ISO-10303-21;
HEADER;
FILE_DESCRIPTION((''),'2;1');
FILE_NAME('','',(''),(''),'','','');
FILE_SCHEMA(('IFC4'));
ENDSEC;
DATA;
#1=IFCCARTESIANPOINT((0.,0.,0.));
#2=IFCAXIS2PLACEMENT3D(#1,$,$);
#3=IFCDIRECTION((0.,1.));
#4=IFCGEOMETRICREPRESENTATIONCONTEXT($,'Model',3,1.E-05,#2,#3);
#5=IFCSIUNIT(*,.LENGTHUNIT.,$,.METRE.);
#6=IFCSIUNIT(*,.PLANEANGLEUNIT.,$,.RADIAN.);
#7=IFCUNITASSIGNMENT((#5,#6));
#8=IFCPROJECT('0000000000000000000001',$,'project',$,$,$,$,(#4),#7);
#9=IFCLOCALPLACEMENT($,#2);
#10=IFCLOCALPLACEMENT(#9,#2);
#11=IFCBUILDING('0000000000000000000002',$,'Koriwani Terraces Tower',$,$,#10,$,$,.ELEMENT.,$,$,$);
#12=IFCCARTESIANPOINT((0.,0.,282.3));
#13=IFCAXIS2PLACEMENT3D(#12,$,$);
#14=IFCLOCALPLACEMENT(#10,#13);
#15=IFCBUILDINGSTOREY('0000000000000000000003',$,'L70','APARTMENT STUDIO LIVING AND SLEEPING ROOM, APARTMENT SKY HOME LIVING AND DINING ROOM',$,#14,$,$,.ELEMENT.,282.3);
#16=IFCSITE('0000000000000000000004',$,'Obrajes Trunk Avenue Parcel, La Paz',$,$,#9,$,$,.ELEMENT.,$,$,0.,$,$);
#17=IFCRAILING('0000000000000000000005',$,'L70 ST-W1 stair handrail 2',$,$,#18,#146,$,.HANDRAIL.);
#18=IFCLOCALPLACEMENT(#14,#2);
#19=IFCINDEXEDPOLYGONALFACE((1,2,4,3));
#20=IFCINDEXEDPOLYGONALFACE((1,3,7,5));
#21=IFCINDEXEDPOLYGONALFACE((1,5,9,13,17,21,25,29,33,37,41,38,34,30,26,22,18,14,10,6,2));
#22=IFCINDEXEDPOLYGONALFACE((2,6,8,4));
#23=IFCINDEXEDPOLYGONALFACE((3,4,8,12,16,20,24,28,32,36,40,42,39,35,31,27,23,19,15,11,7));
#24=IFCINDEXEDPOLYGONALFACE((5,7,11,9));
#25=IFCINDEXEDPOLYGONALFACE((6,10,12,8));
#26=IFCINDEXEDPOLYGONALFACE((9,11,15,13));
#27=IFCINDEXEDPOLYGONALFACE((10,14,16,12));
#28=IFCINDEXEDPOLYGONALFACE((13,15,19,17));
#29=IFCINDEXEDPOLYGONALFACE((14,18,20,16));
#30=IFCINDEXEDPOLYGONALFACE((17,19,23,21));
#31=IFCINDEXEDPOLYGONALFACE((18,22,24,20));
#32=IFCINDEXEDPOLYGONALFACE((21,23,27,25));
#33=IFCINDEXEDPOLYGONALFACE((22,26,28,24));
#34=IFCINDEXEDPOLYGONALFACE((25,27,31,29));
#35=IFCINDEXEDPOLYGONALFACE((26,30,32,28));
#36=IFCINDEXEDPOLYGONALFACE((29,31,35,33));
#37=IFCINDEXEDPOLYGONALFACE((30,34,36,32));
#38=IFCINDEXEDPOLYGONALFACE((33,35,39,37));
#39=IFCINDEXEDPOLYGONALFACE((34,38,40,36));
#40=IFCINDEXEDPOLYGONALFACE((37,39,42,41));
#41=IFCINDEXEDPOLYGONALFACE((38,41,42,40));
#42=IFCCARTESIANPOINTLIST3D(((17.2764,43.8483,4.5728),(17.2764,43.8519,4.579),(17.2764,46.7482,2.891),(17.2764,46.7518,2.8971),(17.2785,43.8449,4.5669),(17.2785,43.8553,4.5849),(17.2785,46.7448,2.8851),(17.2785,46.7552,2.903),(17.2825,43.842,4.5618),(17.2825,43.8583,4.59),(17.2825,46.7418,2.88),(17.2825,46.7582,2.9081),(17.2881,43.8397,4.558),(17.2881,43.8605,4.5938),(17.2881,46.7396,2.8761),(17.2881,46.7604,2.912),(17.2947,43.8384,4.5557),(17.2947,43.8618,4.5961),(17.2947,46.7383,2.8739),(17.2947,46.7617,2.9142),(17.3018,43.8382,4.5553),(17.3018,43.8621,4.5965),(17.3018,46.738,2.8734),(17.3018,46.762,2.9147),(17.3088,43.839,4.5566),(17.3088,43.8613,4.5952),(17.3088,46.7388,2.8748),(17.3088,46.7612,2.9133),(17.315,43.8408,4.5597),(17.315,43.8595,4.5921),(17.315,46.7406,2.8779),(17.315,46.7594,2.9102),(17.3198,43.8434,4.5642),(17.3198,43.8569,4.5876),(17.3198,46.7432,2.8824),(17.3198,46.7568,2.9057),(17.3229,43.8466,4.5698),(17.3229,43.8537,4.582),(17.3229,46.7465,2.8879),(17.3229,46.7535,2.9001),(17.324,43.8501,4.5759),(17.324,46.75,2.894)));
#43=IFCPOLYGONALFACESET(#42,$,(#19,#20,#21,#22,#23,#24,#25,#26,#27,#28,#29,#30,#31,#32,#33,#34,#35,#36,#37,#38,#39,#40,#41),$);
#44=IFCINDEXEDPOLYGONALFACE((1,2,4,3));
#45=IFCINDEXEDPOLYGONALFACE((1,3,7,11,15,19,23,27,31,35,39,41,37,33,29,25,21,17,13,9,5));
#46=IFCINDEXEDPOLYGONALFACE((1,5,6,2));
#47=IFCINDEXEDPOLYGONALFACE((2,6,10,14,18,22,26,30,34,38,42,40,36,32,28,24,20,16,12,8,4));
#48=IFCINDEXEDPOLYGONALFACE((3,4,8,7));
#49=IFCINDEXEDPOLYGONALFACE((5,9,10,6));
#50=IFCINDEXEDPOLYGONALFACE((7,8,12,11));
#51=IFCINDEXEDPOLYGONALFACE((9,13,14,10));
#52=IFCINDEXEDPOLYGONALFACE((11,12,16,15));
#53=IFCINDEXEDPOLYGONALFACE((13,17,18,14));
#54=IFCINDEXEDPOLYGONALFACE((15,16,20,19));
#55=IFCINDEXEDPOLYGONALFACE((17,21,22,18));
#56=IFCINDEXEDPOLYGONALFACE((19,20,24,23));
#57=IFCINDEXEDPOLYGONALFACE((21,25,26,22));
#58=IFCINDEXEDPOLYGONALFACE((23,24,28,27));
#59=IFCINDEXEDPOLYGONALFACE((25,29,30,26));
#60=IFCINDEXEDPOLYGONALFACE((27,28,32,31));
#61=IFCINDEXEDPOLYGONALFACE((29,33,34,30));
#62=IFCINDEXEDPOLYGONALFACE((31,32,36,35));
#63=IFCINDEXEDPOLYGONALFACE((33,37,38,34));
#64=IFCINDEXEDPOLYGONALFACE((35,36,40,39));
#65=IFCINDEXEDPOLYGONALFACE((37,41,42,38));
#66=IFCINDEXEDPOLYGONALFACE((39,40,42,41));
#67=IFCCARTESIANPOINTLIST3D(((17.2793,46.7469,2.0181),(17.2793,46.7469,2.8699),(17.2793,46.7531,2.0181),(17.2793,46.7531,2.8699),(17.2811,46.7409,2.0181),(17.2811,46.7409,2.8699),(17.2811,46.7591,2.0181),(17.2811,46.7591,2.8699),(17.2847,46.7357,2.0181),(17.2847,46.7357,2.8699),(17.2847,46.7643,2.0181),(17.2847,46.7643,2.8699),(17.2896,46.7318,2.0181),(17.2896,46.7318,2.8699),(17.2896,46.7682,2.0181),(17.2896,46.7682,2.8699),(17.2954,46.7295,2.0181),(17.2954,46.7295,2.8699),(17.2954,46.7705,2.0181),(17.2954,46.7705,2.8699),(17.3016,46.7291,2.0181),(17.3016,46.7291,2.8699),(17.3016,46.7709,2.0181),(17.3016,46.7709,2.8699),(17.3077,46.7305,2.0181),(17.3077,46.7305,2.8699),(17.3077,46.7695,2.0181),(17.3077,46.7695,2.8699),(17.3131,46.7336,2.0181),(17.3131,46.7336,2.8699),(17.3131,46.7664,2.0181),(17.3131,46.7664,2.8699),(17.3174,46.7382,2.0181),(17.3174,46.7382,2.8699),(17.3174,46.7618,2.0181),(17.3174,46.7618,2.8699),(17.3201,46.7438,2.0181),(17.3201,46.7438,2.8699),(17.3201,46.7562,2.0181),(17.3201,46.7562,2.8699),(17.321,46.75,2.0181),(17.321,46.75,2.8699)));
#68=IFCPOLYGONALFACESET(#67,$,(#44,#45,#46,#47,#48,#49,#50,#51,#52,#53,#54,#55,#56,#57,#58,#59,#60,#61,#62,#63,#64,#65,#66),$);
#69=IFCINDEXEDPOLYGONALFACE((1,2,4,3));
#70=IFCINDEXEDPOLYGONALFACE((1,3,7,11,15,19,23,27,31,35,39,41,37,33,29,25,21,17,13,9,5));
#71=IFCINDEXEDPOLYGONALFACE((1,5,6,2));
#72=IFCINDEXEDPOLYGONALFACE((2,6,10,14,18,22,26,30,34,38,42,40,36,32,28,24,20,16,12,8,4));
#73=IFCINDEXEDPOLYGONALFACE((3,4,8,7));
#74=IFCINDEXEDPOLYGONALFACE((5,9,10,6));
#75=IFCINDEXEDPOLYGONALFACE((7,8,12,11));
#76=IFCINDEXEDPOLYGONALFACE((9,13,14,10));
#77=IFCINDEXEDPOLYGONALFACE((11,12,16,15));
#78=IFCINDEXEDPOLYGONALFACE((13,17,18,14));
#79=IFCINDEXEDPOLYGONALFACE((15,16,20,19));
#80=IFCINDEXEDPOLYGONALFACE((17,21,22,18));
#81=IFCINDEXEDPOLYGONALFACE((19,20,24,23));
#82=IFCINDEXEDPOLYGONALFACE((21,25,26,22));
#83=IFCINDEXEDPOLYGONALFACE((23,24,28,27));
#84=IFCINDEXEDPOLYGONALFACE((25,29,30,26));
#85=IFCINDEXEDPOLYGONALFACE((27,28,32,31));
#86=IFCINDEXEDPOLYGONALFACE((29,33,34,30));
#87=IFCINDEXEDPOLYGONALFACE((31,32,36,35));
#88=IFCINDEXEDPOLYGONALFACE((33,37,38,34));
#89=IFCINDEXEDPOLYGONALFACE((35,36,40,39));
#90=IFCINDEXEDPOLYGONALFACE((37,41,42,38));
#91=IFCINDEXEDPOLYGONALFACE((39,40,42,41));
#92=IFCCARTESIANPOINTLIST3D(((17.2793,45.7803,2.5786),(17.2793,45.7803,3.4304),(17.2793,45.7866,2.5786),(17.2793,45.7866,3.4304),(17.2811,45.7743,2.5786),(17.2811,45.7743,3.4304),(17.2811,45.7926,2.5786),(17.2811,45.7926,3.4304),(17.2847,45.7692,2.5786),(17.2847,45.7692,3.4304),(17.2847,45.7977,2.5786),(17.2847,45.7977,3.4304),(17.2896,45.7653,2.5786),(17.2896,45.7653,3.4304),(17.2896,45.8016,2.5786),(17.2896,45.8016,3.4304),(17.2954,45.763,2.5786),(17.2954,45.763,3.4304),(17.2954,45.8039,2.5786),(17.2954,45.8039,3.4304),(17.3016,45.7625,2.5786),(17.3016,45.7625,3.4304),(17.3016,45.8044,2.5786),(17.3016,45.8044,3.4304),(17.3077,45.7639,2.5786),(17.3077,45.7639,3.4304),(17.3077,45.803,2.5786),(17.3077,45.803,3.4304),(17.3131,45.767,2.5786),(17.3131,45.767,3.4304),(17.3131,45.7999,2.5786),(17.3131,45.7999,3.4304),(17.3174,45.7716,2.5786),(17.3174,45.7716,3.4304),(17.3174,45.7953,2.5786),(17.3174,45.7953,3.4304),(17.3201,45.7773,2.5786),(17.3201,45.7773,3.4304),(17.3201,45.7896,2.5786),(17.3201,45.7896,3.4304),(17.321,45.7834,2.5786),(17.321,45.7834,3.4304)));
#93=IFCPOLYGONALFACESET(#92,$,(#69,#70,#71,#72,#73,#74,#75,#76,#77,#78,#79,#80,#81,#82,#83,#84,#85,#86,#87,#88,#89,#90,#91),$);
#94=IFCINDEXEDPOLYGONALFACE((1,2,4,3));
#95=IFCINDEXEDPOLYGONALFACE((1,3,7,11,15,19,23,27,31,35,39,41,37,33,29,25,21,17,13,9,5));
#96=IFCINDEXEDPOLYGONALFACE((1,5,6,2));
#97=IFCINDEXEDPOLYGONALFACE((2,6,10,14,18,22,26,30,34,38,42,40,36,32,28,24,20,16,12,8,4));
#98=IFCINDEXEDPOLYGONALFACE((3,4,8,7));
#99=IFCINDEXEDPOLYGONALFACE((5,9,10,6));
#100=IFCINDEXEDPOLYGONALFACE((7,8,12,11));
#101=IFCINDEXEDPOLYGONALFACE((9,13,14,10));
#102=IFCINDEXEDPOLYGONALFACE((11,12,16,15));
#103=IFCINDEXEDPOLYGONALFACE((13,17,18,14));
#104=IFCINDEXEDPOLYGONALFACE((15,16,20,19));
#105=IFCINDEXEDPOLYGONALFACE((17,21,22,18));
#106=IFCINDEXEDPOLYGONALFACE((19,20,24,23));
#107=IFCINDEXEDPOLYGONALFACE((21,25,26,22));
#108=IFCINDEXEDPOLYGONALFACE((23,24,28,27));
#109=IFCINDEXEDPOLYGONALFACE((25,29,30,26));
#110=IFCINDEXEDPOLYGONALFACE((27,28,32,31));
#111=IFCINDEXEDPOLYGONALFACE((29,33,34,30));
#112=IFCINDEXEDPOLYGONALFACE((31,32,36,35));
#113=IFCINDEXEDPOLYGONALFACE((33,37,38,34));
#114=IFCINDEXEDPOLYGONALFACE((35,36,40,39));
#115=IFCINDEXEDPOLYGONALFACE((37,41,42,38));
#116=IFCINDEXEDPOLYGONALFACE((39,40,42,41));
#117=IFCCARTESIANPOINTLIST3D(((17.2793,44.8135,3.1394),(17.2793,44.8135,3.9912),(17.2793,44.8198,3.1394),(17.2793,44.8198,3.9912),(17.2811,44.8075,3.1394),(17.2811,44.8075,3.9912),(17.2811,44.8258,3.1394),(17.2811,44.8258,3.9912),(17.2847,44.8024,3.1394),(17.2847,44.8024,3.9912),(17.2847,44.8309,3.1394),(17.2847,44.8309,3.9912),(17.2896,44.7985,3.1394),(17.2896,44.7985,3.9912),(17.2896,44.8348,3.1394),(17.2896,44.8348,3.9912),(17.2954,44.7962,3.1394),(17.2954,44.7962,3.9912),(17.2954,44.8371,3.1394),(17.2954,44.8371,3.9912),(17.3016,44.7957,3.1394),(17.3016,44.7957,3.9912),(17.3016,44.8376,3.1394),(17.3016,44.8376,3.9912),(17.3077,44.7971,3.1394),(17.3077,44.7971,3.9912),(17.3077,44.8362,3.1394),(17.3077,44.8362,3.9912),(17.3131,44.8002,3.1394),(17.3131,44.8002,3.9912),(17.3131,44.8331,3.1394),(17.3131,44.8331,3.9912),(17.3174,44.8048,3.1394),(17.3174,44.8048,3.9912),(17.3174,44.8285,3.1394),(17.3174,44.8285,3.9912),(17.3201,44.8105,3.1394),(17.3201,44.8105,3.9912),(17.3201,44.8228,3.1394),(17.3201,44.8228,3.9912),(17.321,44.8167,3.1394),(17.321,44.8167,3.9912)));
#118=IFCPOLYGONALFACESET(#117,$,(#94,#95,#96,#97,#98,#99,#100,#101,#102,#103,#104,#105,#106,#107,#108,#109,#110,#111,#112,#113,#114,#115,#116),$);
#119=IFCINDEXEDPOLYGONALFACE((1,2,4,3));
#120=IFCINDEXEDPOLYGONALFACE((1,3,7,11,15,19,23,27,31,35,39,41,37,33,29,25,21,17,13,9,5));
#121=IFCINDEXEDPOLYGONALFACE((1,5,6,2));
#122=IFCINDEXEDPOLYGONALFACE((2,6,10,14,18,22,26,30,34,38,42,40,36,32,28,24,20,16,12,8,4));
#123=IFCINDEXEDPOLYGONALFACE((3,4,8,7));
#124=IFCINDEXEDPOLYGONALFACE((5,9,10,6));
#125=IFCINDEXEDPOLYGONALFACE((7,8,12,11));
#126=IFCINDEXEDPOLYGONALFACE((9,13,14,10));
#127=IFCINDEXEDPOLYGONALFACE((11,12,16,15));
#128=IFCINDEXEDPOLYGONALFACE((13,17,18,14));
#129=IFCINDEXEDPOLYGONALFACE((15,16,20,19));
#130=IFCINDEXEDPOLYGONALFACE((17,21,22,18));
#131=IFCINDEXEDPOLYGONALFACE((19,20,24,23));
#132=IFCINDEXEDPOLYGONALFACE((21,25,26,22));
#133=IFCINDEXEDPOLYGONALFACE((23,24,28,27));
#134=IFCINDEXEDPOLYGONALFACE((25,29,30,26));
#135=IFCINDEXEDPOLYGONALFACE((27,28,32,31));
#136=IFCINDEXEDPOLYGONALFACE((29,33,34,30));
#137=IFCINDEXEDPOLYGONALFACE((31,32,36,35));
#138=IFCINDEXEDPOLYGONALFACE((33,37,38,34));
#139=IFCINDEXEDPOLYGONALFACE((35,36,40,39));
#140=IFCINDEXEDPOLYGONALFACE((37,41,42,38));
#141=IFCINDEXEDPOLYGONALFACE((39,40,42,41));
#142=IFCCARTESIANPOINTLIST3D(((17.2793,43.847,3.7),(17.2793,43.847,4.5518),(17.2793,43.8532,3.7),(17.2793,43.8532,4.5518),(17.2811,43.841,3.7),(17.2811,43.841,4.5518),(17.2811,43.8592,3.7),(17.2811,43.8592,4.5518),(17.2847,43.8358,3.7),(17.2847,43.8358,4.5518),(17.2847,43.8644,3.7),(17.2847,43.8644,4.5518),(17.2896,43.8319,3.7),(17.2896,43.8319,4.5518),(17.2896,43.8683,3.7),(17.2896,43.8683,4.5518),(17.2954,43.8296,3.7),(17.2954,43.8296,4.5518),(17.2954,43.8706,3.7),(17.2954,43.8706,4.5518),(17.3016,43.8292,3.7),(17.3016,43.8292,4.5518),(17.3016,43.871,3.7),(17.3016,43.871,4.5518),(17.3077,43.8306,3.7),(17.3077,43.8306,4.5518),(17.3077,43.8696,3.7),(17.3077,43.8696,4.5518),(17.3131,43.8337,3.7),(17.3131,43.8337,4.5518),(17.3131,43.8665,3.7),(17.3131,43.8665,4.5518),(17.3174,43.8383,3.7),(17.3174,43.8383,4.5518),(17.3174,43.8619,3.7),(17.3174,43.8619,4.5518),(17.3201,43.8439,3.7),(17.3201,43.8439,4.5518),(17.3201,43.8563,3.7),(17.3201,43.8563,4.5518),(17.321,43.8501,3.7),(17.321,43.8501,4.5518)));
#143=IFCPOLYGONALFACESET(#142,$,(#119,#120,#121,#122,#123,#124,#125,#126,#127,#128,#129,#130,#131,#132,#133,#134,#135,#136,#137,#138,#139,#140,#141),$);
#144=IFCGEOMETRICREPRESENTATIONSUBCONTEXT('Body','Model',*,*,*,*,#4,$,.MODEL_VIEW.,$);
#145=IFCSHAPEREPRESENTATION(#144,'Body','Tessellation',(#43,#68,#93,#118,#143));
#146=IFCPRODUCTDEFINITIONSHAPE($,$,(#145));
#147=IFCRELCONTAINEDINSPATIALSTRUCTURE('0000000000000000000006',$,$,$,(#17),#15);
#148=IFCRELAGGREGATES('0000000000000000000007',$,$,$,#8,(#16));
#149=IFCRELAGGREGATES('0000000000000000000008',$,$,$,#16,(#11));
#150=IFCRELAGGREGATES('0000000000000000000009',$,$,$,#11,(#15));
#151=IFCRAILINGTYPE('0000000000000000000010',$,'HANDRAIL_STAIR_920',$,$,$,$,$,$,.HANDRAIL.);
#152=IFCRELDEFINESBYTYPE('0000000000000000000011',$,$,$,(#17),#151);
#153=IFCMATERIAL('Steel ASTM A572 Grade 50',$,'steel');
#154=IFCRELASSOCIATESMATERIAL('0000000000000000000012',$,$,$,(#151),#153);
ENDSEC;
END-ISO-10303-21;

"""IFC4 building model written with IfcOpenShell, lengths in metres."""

from ifc_helpers import new_model, si_unit, direction, frame, origin, origin_2d, place, context, subcontext, project, spatial, circle, extrude, material, type_object, element, save


model = new_model("IFC4")

# Units and contexts
model_context = context("Model", 3, precision=1e-05, world=origin(), true_north=direction((0.0, 1.0)))
body_context = subcontext(model_context, "Body", "Model", "MODEL_VIEW")
ifc_project = project(units=[si_unit("LENGTHUNIT", "METRE"), si_unit("PLANEANGLEUNIT", "RADIAN")], contexts=[model_context])

# Site, building, storey
site_placement = place(None, origin())
site = spatial("IfcSite", under=ifc_project, at=site_placement, Name="Obrajes Trunk Avenue Parcel, La Paz", CompositionType="ELEMENT", RefElevation=0.0)
building_placement = place(site_placement, origin())
building = spatial("IfcBuilding", under=site, at=building_placement, Name="Koriwani Terraces Tower", CompositionType="ELEMENT")
storey_placement = place(building_placement, frame((0.0, 0.0, 282.3)))
storey = spatial("IfcBuildingStorey", under=building, at=storey_placement, Name="L70", Description="APARTMENT STUDIO LIVING AND SLEEPING ROOM, APARTMENT SKY HOME LIVING AND DINING ROOM", CompositionType="ELEMENT", Elevation=282.3)

# Shared definitions
ifc_material_1 = material(Name="Steel ASTM A572 Grade 50", Category="steel")

# Railing
railing_type_1 = type_object("IfcRailingType", Name="HANDRAIL_STAIR_920", PredefinedType="HANDRAIL", material=ifc_material_1)
railing_1_placement = place(storey_placement, frame((17.3, 46.75, 2.0181)))
element("IfcRailing", 1, at=railing_1_placement, inside=storey, type_object=railing_type_1, Name="L70 ST-W1 stair handrail 2", PredefinedType="HANDRAIL", context=body_context, shape_type="SweptSolid", body=[
    extrude(circle(Radius=0.0239, at=origin_2d()), frame((0.0, 0.0, 0.876), z_axis=(0.0, -0.865039, 0.501705), x_axis=(1.0, 0.0, 0.0)), (0.0, 0.0, 1.0), 3.3523),
    extrude(circle(Radius=0.021, at=origin_2d()), origin(), (0.0, 0.0, 1.0), 0.8518),
    extrude(circle(Radius=0.021, at=origin_2d()), frame((0.0, -0.9666, 0.5605)), (0.0, 0.0, 1.0), 0.8518),
    extrude(circle(Radius=0.021, at=origin_2d()), frame((0.0, -1.9333, 1.1213)), (0.0, 0.0, 1.0), 0.8518),
    extrude(circle(Radius=0.021, at=origin_2d()), frame((0.0, -2.8999, 1.6819)), (0.0, 0.0, 1.0), 0.8518),
])

save(model, "model.ifc")
